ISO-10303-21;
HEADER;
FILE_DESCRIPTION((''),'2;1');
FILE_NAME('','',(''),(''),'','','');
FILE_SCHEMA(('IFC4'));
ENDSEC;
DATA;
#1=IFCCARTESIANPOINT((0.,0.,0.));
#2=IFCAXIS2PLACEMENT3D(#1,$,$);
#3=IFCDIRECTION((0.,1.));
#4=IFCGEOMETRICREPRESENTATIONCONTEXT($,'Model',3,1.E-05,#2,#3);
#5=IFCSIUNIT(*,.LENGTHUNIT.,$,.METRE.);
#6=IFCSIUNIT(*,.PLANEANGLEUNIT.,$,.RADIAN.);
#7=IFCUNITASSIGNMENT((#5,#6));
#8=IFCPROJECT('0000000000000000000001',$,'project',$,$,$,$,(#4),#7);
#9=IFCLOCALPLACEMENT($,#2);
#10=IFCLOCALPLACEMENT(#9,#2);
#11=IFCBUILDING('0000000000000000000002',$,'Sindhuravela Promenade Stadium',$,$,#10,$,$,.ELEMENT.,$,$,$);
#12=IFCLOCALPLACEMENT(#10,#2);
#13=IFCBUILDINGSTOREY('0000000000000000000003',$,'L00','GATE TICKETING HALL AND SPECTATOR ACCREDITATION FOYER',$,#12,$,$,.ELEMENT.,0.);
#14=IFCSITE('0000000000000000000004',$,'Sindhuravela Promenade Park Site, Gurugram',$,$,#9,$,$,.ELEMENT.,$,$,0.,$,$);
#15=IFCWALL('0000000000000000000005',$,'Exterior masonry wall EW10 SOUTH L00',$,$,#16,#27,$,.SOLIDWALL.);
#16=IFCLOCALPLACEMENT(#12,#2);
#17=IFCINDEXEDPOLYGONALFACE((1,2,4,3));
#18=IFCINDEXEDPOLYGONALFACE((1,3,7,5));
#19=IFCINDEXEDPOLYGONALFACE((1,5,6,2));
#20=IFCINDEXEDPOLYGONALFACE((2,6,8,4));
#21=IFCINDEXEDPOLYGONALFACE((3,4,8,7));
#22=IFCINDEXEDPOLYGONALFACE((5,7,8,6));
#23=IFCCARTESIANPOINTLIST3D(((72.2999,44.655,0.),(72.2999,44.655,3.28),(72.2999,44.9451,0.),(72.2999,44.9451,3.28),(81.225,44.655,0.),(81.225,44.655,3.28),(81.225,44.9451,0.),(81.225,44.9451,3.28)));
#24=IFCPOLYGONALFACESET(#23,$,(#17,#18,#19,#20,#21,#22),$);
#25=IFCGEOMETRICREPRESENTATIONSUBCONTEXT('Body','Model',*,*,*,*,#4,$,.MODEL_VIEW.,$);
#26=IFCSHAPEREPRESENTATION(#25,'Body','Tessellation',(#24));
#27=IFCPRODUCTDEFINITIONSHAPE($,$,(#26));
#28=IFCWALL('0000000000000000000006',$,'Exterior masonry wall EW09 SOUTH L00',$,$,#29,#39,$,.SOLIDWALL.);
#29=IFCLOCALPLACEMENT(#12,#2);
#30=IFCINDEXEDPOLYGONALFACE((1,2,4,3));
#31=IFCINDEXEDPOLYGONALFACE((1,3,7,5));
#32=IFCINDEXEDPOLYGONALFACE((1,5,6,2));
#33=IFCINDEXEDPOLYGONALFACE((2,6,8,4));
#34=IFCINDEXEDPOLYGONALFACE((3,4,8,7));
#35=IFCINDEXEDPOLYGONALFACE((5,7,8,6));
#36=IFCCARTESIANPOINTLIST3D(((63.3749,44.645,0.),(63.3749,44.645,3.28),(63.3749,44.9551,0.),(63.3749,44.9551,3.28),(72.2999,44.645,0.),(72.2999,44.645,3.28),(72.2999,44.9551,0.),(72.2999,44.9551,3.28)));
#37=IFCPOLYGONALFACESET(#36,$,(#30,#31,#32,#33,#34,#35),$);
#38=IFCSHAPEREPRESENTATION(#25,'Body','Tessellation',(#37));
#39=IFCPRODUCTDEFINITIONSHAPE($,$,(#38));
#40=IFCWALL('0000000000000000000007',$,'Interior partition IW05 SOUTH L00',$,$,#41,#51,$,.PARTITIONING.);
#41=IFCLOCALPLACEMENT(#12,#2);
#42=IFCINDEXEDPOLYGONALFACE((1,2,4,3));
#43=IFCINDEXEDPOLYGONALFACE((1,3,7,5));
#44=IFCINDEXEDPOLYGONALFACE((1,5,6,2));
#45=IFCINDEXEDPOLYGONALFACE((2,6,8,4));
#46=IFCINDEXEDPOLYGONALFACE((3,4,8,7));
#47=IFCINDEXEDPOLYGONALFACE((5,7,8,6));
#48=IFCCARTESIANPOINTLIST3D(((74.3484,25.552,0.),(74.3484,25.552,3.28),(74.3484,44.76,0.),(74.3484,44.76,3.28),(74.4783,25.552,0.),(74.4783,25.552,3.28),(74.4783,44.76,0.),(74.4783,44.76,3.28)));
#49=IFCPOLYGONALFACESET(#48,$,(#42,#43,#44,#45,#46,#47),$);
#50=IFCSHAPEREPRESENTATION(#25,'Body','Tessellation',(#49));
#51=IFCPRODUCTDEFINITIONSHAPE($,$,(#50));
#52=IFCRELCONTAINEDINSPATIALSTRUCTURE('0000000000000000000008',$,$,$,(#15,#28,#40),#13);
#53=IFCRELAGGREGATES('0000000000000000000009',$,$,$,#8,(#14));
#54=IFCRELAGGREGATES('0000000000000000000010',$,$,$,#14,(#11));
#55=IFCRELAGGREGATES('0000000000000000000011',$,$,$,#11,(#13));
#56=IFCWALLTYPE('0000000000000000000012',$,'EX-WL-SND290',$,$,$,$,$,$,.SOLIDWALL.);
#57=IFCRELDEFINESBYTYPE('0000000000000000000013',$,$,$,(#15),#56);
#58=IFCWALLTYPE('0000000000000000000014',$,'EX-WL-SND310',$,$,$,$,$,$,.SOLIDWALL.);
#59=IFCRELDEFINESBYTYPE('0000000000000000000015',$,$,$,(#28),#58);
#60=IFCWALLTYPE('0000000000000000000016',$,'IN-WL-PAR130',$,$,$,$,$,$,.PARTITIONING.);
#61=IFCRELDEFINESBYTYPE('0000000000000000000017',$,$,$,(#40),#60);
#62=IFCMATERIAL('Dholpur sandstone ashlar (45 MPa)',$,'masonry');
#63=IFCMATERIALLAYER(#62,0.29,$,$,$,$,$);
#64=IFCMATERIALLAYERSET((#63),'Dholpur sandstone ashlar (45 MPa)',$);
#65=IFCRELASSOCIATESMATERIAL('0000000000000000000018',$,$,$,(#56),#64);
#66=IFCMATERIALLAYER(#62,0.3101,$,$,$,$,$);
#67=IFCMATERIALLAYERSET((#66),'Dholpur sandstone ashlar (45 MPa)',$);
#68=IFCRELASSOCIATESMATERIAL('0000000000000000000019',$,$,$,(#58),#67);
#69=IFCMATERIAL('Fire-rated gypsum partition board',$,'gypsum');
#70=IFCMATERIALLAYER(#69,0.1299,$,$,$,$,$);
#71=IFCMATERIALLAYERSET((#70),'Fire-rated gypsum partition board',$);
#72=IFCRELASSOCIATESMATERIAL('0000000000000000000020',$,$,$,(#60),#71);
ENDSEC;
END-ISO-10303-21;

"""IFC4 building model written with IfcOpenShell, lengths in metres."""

from ifc_helpers import new_model, si_unit, direction, frame, frame_2d, origin, place, context, subcontext, project, spatial, rectangle, extrude, material, layer, layer_set, type_object, element, save


model = new_model("IFC4")

# Units and contexts
model_context = context("Model", 3, precision=1e-05, world=origin(), true_north=direction((0.0, 1.0)))
body_context = subcontext(model_context, "Body", "Model", "MODEL_VIEW")
ifc_project = project(units=[si_unit("LENGTHUNIT", "METRE"), si_unit("PLANEANGLEUNIT", "RADIAN")], contexts=[model_context])

# Site, building, storey
site_placement = place(None, origin())
site = spatial("IfcSite", under=ifc_project, at=site_placement, Name="Sindhuravela Promenade Park Site, Gurugram", CompositionType="ELEMENT", RefElevation=0.0)
building_placement = place(site_placement, origin())
building = spatial("IfcBuilding", under=site, at=building_placement, Name="Sindhuravela Promenade Stadium", CompositionType="ELEMENT")
storey_placement = place(building_placement, origin())
storey = spatial("IfcBuildingStorey", under=building, at=storey_placement, Name="L00", Description="GATE TICKETING HALL AND SPECTATOR ACCREDITATION FOYER", CompositionType="ELEMENT", Elevation=0.0)

# Walls
ifc_material_1 = material(Name="Dholpur sandstone ashlar (45 MPa)", Category="masonry")
ifc_layer_1 = layer(ifc_material_1, 0.29)
ifc_layer_set_1 = layer_set([ifc_layer_1], Name="Dholpur sandstone ashlar (45 MPa)")
wall_type_1 = type_object("IfcWallType", Name="EX-WL-SND290", PredefinedType="SOLIDWALL", material=ifc_layer_set_1)
wall_1_placement = place(storey_placement, frame((72.3, 44.8, 0.0), z_axis=(0.0, 0.0, 1.0), x_axis=(1.0, 0.0, 0.0)))
element("IfcWall", 1, at=wall_1_placement, inside=storey, type_object=wall_type_1, Name="Exterior masonry wall EW10 SOUTH L00", PredefinedType="SOLIDWALL", context=body_context, shape_type="SweptSolid", body=[
    extrude(rectangle(XDim=8.925, YDim=0.29, at=frame_2d((4.4624, 0.0))), origin(), (0.0, 0.0, 1.0), 3.28),
])
ifc_layer_2 = layer(ifc_material_1, 0.3101)
ifc_layer_set_2 = layer_set([ifc_layer_2], Name="Dholpur sandstone ashlar (45 MPa)")
wall_type_2 = type_object("IfcWallType", Name="EX-WL-SND310", PredefinedType="SOLIDWALL", material=ifc_layer_set_2)
wall_2_placement = place(storey_placement, frame((63.375, 44.8, 0.0), z_axis=(0.0, 0.0, 1.0), x_axis=(1.0, 0.0, 0.0)))
element("IfcWall", 2, at=wall_2_placement, inside=storey, type_object=wall_type_2, Name="Exterior masonry wall EW09 SOUTH L00", PredefinedType="SOLIDWALL", context=body_context, shape_type="SweptSolid", body=[
    extrude(rectangle(XDim=8.925, YDim=0.3101, at=frame_2d((4.4624, 0.0))), origin(), (0.0, 0.0, 1.0), 3.28),
])
ifc_material_2 = material(Name="Fire-rated gypsum partition board", Category="gypsum")
ifc_layer_3 = layer(ifc_material_2, 0.1299)
ifc_layer_set_3 = layer_set([ifc_layer_3], Name="Fire-rated gypsum partition board")
wall_type_3 = type_object("IfcWallType", Name="IN-WL-PAR130", PredefinedType="PARTITIONING", material=ifc_layer_set_3)
wall_3_placement = place(storey_placement, frame((74.4133, 25.552, 0.0), z_axis=(0.0, 0.0, 1.0), x_axis=(0.0, 1.0, 0.0)))
element("IfcWall", 3, at=wall_3_placement, inside=storey, type_object=wall_type_3, Name="Interior partition IW05 SOUTH L00", PredefinedType="PARTITIONING", context=body_context, shape_type="SweptSolid", body=[
    extrude(rectangle(XDim=19.208, YDim=0.1299, at=frame_2d((9.604, 0.0))), origin(), (0.0, 0.0, 1.0), 3.28),
])

save(model, "model.ifc")
